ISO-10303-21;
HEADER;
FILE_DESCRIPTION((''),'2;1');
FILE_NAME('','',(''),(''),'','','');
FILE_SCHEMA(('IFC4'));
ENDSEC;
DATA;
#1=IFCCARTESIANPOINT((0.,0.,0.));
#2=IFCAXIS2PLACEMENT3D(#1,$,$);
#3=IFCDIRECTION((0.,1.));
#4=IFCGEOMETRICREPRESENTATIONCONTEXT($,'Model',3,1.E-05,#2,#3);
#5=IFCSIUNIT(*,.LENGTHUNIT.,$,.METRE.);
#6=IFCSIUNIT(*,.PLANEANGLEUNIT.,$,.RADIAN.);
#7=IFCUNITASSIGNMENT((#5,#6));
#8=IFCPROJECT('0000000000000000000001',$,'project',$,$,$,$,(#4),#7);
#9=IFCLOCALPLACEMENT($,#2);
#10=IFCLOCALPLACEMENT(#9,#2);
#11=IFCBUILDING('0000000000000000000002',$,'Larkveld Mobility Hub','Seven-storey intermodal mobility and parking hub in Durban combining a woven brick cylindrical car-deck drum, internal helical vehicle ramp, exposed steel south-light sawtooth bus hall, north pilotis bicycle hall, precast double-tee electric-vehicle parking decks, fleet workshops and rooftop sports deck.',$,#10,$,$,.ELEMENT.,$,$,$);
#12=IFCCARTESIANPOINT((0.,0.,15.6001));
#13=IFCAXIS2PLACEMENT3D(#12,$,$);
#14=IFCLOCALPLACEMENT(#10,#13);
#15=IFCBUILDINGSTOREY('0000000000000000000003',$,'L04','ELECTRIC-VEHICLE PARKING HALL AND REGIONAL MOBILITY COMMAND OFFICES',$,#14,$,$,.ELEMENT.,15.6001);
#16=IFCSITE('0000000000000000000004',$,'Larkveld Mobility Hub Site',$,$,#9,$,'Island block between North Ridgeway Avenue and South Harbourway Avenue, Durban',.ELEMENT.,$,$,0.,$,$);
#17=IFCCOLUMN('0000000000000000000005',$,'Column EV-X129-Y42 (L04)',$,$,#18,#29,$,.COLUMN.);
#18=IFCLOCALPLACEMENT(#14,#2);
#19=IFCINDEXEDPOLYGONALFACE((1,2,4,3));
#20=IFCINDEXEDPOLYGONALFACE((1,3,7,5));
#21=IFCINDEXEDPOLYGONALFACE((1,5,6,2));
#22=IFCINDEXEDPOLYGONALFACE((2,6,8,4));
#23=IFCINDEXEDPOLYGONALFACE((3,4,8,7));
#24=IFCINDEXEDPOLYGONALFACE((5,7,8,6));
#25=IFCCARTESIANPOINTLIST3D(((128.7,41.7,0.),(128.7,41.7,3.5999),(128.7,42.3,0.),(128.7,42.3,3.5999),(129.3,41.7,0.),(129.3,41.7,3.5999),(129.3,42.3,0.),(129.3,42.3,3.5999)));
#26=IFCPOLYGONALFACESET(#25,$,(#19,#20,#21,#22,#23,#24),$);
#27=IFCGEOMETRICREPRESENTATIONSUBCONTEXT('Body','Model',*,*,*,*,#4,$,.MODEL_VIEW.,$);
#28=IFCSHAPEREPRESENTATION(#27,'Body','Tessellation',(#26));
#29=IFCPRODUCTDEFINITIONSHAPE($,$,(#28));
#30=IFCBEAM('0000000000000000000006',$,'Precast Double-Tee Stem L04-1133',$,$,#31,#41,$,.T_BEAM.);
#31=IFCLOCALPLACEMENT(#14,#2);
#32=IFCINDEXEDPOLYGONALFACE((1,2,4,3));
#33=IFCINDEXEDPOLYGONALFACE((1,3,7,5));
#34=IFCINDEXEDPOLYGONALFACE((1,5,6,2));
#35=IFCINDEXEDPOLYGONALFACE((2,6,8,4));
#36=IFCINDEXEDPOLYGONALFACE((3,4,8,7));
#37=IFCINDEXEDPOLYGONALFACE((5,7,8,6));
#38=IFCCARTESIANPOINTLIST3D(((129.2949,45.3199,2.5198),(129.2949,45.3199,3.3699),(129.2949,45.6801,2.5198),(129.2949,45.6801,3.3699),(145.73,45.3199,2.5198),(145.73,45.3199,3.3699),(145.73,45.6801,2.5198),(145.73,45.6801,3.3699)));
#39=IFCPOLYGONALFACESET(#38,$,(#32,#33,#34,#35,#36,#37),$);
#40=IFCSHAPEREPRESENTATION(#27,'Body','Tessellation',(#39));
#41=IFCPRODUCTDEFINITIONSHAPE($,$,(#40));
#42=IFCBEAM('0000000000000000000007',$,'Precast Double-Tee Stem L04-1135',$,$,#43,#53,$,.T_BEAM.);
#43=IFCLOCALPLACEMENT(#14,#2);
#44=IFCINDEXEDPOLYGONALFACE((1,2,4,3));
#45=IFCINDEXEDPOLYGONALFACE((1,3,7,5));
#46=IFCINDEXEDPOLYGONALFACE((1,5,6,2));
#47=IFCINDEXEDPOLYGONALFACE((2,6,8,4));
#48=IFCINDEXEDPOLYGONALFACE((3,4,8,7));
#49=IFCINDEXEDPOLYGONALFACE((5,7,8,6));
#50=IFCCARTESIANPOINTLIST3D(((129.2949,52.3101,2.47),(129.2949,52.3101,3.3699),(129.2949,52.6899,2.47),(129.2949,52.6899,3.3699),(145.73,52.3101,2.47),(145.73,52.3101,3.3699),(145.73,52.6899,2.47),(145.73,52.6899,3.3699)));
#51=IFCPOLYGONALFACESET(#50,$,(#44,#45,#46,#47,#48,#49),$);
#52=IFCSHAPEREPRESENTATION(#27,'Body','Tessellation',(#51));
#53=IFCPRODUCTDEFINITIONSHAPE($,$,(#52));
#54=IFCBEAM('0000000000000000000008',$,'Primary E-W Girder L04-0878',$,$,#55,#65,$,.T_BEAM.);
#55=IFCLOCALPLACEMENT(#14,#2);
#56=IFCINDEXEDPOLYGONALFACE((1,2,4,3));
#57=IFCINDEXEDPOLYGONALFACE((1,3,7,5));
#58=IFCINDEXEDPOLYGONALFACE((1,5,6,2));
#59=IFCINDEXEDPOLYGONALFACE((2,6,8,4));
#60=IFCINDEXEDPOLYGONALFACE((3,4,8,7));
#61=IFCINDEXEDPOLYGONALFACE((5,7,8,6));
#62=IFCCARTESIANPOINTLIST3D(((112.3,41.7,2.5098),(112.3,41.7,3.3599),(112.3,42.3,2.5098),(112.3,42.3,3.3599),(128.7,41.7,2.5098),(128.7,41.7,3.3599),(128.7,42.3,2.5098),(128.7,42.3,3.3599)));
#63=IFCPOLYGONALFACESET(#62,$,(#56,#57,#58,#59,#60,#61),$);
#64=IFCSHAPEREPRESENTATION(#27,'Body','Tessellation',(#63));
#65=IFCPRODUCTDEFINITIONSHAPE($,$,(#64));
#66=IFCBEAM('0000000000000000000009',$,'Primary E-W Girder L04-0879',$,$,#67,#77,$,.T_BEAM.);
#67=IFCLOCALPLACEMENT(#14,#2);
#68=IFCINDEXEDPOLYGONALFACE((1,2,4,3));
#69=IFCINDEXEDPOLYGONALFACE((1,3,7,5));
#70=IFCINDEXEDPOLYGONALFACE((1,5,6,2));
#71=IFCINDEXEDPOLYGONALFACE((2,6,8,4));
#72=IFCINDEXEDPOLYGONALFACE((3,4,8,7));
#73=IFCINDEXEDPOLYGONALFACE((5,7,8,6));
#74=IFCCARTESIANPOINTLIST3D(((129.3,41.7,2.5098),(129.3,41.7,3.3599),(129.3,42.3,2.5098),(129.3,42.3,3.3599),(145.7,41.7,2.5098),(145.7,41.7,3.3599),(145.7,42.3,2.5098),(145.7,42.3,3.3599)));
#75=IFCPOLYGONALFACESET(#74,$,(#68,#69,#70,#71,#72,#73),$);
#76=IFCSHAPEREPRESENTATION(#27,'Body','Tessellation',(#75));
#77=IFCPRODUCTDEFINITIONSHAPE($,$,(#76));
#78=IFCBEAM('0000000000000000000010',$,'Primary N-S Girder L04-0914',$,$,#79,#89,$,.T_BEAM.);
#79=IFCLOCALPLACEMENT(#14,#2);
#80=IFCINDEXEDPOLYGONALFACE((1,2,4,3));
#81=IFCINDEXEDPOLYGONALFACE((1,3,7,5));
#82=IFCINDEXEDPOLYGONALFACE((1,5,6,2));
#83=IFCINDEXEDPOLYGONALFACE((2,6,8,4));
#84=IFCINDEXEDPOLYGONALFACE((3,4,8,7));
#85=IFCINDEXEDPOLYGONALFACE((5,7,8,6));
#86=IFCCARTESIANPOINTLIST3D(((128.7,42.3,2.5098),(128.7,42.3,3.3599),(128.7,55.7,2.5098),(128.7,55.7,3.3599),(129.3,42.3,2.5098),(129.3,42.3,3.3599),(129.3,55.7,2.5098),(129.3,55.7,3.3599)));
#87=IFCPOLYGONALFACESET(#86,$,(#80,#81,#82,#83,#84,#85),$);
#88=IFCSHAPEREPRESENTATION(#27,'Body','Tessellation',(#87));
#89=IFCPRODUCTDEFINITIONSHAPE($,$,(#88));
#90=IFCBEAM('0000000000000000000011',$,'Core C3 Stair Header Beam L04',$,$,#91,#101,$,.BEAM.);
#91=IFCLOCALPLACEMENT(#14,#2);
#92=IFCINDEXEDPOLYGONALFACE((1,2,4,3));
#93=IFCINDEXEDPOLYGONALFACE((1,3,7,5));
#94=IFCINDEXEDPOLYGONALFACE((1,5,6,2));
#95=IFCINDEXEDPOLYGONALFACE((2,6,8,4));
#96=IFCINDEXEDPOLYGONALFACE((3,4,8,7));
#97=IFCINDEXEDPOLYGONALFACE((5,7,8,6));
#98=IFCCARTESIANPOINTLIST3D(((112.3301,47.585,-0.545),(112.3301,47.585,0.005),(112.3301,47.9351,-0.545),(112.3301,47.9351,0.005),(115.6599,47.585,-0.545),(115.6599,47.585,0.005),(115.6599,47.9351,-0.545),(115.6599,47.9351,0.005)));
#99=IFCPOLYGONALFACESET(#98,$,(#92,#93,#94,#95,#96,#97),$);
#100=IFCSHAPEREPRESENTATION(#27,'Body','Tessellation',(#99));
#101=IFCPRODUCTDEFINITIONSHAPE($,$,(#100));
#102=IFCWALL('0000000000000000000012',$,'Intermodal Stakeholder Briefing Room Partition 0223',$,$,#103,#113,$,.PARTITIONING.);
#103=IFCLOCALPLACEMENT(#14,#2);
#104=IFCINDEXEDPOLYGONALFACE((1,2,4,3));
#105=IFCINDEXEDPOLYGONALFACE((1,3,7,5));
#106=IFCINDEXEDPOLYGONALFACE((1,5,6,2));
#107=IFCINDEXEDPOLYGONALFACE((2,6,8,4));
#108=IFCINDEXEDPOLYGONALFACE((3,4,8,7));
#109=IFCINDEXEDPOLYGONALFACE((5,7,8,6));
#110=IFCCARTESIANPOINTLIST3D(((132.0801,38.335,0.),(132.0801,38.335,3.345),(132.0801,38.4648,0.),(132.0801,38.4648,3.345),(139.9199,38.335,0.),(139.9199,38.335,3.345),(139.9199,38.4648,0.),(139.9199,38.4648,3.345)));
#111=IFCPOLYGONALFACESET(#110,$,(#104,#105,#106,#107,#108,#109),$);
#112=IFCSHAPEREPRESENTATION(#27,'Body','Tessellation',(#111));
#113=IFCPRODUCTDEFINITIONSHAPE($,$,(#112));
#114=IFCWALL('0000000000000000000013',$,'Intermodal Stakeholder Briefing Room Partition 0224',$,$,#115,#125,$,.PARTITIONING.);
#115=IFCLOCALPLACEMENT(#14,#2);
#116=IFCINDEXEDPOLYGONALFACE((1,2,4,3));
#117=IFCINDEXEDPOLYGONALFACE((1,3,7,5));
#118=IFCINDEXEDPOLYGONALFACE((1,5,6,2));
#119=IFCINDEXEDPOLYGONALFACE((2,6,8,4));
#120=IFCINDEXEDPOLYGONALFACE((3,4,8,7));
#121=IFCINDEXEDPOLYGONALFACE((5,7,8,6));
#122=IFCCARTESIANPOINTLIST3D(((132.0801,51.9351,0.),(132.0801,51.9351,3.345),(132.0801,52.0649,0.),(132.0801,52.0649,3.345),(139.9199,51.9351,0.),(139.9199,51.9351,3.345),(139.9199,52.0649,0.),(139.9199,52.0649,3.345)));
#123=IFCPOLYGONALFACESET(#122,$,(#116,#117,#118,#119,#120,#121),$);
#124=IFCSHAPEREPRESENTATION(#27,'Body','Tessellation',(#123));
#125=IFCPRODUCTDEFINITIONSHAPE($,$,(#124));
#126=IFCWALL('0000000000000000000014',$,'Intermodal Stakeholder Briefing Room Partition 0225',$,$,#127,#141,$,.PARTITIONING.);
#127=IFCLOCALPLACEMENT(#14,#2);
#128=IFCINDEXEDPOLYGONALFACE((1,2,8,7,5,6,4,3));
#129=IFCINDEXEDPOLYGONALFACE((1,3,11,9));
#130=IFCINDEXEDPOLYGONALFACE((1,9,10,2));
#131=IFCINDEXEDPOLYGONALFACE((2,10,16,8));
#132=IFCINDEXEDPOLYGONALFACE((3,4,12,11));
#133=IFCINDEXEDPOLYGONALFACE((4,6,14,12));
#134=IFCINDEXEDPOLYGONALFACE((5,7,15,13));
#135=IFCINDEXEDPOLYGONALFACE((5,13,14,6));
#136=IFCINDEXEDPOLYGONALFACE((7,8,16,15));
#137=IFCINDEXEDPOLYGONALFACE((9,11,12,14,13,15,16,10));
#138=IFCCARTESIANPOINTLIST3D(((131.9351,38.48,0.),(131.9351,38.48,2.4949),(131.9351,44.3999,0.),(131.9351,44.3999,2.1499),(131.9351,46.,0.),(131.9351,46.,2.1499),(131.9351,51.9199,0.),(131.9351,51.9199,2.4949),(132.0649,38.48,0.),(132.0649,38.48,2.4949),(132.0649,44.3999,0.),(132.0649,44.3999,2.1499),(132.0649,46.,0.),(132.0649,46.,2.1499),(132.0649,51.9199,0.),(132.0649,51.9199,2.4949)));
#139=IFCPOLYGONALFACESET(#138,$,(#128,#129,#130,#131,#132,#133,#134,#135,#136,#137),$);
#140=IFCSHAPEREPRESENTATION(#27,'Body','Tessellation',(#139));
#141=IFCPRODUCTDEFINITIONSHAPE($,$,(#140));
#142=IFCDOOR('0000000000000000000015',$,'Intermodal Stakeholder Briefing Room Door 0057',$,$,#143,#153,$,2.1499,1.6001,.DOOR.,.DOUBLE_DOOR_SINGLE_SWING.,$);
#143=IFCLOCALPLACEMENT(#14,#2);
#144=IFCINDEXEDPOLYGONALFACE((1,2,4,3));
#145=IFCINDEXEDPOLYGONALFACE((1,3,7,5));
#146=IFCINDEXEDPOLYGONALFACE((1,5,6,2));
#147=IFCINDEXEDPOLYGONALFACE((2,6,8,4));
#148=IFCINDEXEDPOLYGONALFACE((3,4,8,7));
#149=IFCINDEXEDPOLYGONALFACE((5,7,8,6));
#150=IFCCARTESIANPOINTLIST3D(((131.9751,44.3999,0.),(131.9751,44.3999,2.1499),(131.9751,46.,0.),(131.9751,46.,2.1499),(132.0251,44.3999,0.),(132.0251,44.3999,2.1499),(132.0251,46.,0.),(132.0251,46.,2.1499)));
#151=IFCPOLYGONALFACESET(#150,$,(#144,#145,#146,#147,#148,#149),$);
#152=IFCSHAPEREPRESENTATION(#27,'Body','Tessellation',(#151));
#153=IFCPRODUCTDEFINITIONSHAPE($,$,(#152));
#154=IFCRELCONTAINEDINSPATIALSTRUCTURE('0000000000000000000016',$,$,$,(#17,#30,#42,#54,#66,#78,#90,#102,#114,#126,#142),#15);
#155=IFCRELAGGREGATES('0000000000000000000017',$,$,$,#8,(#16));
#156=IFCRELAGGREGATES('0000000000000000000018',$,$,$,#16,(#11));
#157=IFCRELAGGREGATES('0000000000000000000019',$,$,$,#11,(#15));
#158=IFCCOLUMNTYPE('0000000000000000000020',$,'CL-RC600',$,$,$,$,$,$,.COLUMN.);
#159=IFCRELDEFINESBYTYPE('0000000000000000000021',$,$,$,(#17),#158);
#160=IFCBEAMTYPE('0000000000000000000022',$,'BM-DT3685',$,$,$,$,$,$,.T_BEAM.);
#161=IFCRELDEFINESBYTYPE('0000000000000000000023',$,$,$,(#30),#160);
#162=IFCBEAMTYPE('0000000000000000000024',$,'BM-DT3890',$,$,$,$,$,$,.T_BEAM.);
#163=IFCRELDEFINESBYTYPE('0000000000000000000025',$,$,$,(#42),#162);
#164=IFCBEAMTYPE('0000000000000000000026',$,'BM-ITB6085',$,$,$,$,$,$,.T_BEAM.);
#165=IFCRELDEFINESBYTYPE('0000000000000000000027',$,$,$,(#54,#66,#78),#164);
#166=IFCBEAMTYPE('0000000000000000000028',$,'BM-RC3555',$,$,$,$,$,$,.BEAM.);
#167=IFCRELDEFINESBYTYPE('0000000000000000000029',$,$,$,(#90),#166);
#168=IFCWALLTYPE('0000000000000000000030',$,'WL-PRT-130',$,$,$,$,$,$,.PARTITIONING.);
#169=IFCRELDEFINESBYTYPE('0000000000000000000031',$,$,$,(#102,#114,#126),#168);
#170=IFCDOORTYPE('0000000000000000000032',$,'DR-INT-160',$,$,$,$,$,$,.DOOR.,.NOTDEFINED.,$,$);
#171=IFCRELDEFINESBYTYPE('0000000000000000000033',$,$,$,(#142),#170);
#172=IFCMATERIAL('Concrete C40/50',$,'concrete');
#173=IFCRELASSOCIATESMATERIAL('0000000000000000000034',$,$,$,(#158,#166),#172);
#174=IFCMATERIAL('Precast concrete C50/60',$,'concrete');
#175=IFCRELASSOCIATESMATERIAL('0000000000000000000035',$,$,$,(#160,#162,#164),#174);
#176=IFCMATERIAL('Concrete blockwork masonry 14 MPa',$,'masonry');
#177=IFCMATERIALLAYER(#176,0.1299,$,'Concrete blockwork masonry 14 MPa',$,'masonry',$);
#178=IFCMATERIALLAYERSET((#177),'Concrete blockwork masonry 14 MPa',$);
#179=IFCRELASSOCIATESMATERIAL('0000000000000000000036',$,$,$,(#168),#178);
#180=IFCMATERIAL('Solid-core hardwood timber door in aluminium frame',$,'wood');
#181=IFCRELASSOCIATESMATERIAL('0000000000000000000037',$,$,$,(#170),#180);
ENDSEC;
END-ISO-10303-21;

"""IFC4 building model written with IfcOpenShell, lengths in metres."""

from ifc_helpers import new_model, si_unit, direction, frame, frame_2d, origin, origin_2d, place, context, subcontext, project, spatial, rectangle, extrude, material, layer, layer_set, material_profile, profile_set, type_object, element, fill, save


model = new_model("IFC4")

# Units and contexts
model_context = context("Model", 3, precision=1e-05, world=origin(), true_north=direction((0.0, 1.0)))
body_context = subcontext(model_context, "Body", "Model", "MODEL_VIEW")
ifc_project = project(units=[si_unit("LENGTHUNIT", "METRE"), si_unit("PLANEANGLEUNIT", "RADIAN")], contexts=[model_context])

# Site, building, storey
site_placement = place(None, origin())
site = spatial("IfcSite", under=ifc_project, at=site_placement, Name="Larkveld Mobility Hub Site", LongName="Island block between North Ridgeway Avenue and South Harbourway Avenue, Durban", CompositionType="ELEMENT", RefElevation=0.0)
building_placement = place(site_placement, origin())
building = spatial("IfcBuilding", under=site, at=building_placement, Name="Larkveld Mobility Hub", Description="Seven-storey intermodal mobility and parking hub in Durban combining a woven brick cylindrical car-deck drum, internal helical vehicle ramp, exposed steel south-light sawtooth bus hall, north pilotis bicycle hall, precast double-tee electric-vehicle parking decks, fleet workshops and rooftop sports deck.", CompositionType="ELEMENT")
storey_placement = place(building_placement, frame((0.0, 0.0, 15.6001)))
storey = spatial("IfcBuildingStorey", under=building, at=storey_placement, Name="L04", Description="ELECTRIC-VEHICLE PARKING HALL AND REGIONAL MOBILITY COMMAND OFFICES", CompositionType="ELEMENT", Elevation=15.6001)

# Column
ifc_material_1 = material(Name="Concrete C40/50", Category="concrete")
ifc_material_profile_1 = material_profile(ifc_material_1, rectangle(XDim=0.6001, YDim=0.6001, at=origin_2d()), Name="RC COL 600x600")
ifc_profile_set_1 = profile_set([ifc_material_profile_1], Name="Concrete C40/50")
column_type = type_object("IfcColumnType", Name="CL-RC600", PredefinedType="COLUMN", material=ifc_profile_set_1)
column_placement = place(storey_placement, frame((129.0, 42.0, 0.0), z_axis=(0.0, 0.0, 1.0), x_axis=(1.0, 0.0, 0.0)))
element("IfcColumn", 1, at=column_placement, inside=storey, type_object=column_type, Name="Column EV-X129-Y42 (L04)", PredefinedType="COLUMN", context=body_context, shape_type="SweptSolid", body=[
    extrude(rectangle(XDim=0.6001, YDim=0.6001, at=origin_2d()), origin(), (0.0, 0.0, 1.0), 3.5999),
])

# Beams
ifc_material_2 = material(Name="Precast concrete C50/60", Category="concrete")
ifc_material_profile_2 = material_profile(ifc_material_2, rectangle(XDim=0.3601, YDim=0.8501, at=origin_2d()), Name="PC DT 360x850")
ifc_profile_set_2 = profile_set([ifc_material_profile_2], Name="Precast concrete C50/60")
beam_type_1 = type_object("IfcBeamType", Name="BM-DT3685", PredefinedType="T_BEAM", material=ifc_profile_set_2)
beam_1_placement = place(storey_placement, frame((129.2949, 45.5, 2.9448), z_axis=(1.0, 0.0, 0.0), x_axis=(0.0, 1.0, 0.0)))
element("IfcBeam", 2, at=beam_1_placement, inside=storey, type_object=beam_type_1, Name="Precast Double-Tee Stem L04-1133", PredefinedType="T_BEAM", context=body_context, shape_type="SweptSolid", body=[
    extrude(rectangle(XDim=0.3601, YDim=0.8501, at=origin_2d()), origin(), (0.0, 0.0, 1.0), 16.4351),
])
ifc_material_profile_3 = material_profile(ifc_material_2, rectangle(XDim=0.3799, YDim=0.8999, at=origin_2d()), Name="PC DT 380x900")
ifc_profile_set_3 = profile_set([ifc_material_profile_3], Name="Precast concrete C50/60")
beam_type_2 = type_object("IfcBeamType", Name="BM-DT3890", PredefinedType="T_BEAM", material=ifc_profile_set_3)
beam_2_placement = place(storey_placement, frame((129.2949, 52.5, 2.9199), z_axis=(1.0, 0.0, 0.0), x_axis=(0.0, 1.0, 0.0)))
element("IfcBeam", 3, at=beam_2_placement, inside=storey, type_object=beam_type_2, Name="Precast Double-Tee Stem L04-1135", PredefinedType="T_BEAM", context=body_context, shape_type="SweptSolid", body=[
    extrude(rectangle(XDim=0.3799, YDim=0.8999, at=origin_2d()), origin(), (0.0, 0.0, 1.0), 16.4351),
])
ifc_material_profile_4 = material_profile(ifc_material_2, rectangle(XDim=0.6001, YDim=0.8501, at=origin_2d()), Name="PC ITB 600x850")
ifc_profile_set_4 = profile_set([ifc_material_profile_4], Name="Precast concrete C50/60")
beam_type_3 = type_object("IfcBeamType", Name="BM-ITB6085", PredefinedType="T_BEAM", material=ifc_profile_set_4)
for number, where, z_axis, x_axis, name in (
    (4, (112.3, 42.0, 2.9348), (1.0, 0.0, 0.0), (0.0, 1.0, 0.0), "Primary E-W Girder L04-0878"),
    (5, (129.3, 42.0, 2.9348), (1.0, 0.0, 0.0), (0.0, 1.0, 0.0), "Primary E-W Girder L04-0879"),
):
    element("IfcBeam", number, at=place(storey_placement, frame(where, z_axis=z_axis, x_axis=x_axis)), inside=storey, type_object=beam_type_3, Name=name, PredefinedType="T_BEAM", context=body_context, shape_type="SweptSolid", body=[
        extrude(rectangle(XDim=0.6001, YDim=0.8501, at=origin_2d()), origin(), (0.0, 0.0, 1.0), 16.3999),
    ])
beam_3_placement = place(storey_placement, frame((129.0, 42.3, 2.9348), z_axis=(0.0, 1.0, 0.0), x_axis=(-1.0, 0.0, 0.0)))
element("IfcBeam", 6, at=beam_3_placement, inside=storey, type_object=beam_type_3, Name="Primary N-S Girder L04-0914", PredefinedType="T_BEAM", context=body_context, shape_type="SweptSolid", body=[
    extrude(rectangle(XDim=0.6001, YDim=0.8501, at=origin_2d()), origin(), (0.0, 0.0, 1.0), 13.3999),
])
ifc_material_profile_5 = material_profile(ifc_material_1, rectangle(XDim=0.3501, YDim=0.55, at=origin_2d()), Name="RC BM 350x550")
ifc_profile_set_5 = profile_set([ifc_material_profile_5], Name="Concrete C40/50")
beam_type_4 = type_object("IfcBeamType", Name="BM-RC3555", PredefinedType="BEAM", material=ifc_profile_set_5)
beam_4_placement = place(storey_placement, frame((112.3301, 47.76, -0.27), z_axis=(1.0, 0.0, 0.0), x_axis=(0.0, 1.0, 0.0)))
element("IfcBeam", 7, at=beam_4_placement, inside=storey, type_object=beam_type_4, Name="Core C3 Stair Header Beam L04", PredefinedType="BEAM", context=body_context, shape_type="SweptSolid", body=[
    extrude(rectangle(XDim=0.3501, YDim=0.55, at=origin_2d()), origin(), (0.0, 0.0, 1.0), 3.3298),
])

# Walls
ifc_material_3 = material(Name="Concrete blockwork masonry 14 MPa", Category="masonry")
ifc_layer_1 = layer(ifc_material_3, 0.1299, Name="Concrete blockwork masonry 14 MPa", Category="masonry")
ifc_layer_set_1 = layer_set([ifc_layer_1], Name="Concrete blockwork masonry 14 MPa")
wall_type_1 = type_object("IfcWallType", Name="WL-PRT-130", PredefinedType="PARTITIONING", material=ifc_layer_set_1)
for number, where, z_axis, x_axis, name in (
    (8, (132.0801, 38.3999, 0.0), (0.0, 0.0, 1.0), (1.0, 0.0, 0.0), "Intermodal Stakeholder Briefing Room Partition 0223"),
    (9, (132.0801, 52.0, 0.0), (0.0, 0.0, 1.0), (1.0, 0.0, 0.0), "Intermodal Stakeholder Briefing Room Partition 0224"),
):
    element("IfcWall", number, at=place(storey_placement, frame(where, z_axis=z_axis, x_axis=x_axis)), inside=storey, type_object=wall_type_1, Name=name, PredefinedType="PARTITIONING", context=body_context, shape_type="SweptSolid", body=[
        extrude(rectangle(XDim=7.8398, YDim=0.1299, at=frame_2d((3.9199, 0.0))), origin(), (0.0, 0.0, 1.0), 3.345),
    ])

# Wall, opening, door
wall_1_placement = place(storey_placement, frame((132.0, 38.48, 0.0), z_axis=(0.0, 0.0, 1.0), x_axis=(0.0, 1.0, 0.0)))
wall_1 = element("IfcWall", 10, at=wall_1_placement, inside=storey, type_object=wall_type_1, Name="Intermodal Stakeholder Briefing Room Partition 0225", PredefinedType="PARTITIONING", context=body_context, shape_type="SweptSolid", body=[
    extrude(rectangle(XDim=13.4399, YDim=0.1299, at=frame_2d((6.72, 0.0))), origin(), (0.0, 0.0, 1.0), 2.4949),
])
opening_1_placement = place(wall_1_placement, frame((5.9199, 0.0, 0.0)))
opening_1 = element("IfcOpeningElement", 11, at=opening_1_placement, cuts=wall_1, PredefinedType="OPENING", context=body_context, shape_type="SweptSolid", body=[
    extrude(rectangle(XDim=1.6001, YDim=2.1499, at=frame_2d((0.8, 1.075))), frame((0.0, 0.075, 0.0), z_axis=(0.0, -1.0, 0.0), x_axis=(1.0, 0.0, 0.0)), (0.0, 0.0, 1.0), 0.1499),
])
ifc_material_4 = material(Name="Solid-core hardwood timber door in aluminium frame", Category="wood")
door_type_1 = type_object("IfcDoorType", Name="DR-INT-160", OperationType="NOTDEFINED", PredefinedType="DOOR", material=ifc_material_4)
door_1_placement = place(opening_1_placement, origin())
door_1 = element("IfcDoor", 12, at=door_1_placement, inside=storey, type_object=door_type_1, Name="Intermodal Stakeholder Briefing Room Door 0057", OperationType="DOUBLE_DOOR_SINGLE_SWING", OverallHeight=2.1499, OverallWidth=1.6001, PredefinedType="DOOR", context=body_context, shape_type="SweptSolid", body=[
    extrude(rectangle(XDim=1.6001, YDim=2.1499, at=frame_2d((0.8, 1.075))), frame((0.0, 0.0249, 0.0), z_axis=(0.0, -1.0, 0.0), x_axis=(1.0, 0.0, 0.0)), (0.0, 0.0, 1.0), 0.05),
])
fill(opening_1, door_1)

save(model, "model.ifc")
